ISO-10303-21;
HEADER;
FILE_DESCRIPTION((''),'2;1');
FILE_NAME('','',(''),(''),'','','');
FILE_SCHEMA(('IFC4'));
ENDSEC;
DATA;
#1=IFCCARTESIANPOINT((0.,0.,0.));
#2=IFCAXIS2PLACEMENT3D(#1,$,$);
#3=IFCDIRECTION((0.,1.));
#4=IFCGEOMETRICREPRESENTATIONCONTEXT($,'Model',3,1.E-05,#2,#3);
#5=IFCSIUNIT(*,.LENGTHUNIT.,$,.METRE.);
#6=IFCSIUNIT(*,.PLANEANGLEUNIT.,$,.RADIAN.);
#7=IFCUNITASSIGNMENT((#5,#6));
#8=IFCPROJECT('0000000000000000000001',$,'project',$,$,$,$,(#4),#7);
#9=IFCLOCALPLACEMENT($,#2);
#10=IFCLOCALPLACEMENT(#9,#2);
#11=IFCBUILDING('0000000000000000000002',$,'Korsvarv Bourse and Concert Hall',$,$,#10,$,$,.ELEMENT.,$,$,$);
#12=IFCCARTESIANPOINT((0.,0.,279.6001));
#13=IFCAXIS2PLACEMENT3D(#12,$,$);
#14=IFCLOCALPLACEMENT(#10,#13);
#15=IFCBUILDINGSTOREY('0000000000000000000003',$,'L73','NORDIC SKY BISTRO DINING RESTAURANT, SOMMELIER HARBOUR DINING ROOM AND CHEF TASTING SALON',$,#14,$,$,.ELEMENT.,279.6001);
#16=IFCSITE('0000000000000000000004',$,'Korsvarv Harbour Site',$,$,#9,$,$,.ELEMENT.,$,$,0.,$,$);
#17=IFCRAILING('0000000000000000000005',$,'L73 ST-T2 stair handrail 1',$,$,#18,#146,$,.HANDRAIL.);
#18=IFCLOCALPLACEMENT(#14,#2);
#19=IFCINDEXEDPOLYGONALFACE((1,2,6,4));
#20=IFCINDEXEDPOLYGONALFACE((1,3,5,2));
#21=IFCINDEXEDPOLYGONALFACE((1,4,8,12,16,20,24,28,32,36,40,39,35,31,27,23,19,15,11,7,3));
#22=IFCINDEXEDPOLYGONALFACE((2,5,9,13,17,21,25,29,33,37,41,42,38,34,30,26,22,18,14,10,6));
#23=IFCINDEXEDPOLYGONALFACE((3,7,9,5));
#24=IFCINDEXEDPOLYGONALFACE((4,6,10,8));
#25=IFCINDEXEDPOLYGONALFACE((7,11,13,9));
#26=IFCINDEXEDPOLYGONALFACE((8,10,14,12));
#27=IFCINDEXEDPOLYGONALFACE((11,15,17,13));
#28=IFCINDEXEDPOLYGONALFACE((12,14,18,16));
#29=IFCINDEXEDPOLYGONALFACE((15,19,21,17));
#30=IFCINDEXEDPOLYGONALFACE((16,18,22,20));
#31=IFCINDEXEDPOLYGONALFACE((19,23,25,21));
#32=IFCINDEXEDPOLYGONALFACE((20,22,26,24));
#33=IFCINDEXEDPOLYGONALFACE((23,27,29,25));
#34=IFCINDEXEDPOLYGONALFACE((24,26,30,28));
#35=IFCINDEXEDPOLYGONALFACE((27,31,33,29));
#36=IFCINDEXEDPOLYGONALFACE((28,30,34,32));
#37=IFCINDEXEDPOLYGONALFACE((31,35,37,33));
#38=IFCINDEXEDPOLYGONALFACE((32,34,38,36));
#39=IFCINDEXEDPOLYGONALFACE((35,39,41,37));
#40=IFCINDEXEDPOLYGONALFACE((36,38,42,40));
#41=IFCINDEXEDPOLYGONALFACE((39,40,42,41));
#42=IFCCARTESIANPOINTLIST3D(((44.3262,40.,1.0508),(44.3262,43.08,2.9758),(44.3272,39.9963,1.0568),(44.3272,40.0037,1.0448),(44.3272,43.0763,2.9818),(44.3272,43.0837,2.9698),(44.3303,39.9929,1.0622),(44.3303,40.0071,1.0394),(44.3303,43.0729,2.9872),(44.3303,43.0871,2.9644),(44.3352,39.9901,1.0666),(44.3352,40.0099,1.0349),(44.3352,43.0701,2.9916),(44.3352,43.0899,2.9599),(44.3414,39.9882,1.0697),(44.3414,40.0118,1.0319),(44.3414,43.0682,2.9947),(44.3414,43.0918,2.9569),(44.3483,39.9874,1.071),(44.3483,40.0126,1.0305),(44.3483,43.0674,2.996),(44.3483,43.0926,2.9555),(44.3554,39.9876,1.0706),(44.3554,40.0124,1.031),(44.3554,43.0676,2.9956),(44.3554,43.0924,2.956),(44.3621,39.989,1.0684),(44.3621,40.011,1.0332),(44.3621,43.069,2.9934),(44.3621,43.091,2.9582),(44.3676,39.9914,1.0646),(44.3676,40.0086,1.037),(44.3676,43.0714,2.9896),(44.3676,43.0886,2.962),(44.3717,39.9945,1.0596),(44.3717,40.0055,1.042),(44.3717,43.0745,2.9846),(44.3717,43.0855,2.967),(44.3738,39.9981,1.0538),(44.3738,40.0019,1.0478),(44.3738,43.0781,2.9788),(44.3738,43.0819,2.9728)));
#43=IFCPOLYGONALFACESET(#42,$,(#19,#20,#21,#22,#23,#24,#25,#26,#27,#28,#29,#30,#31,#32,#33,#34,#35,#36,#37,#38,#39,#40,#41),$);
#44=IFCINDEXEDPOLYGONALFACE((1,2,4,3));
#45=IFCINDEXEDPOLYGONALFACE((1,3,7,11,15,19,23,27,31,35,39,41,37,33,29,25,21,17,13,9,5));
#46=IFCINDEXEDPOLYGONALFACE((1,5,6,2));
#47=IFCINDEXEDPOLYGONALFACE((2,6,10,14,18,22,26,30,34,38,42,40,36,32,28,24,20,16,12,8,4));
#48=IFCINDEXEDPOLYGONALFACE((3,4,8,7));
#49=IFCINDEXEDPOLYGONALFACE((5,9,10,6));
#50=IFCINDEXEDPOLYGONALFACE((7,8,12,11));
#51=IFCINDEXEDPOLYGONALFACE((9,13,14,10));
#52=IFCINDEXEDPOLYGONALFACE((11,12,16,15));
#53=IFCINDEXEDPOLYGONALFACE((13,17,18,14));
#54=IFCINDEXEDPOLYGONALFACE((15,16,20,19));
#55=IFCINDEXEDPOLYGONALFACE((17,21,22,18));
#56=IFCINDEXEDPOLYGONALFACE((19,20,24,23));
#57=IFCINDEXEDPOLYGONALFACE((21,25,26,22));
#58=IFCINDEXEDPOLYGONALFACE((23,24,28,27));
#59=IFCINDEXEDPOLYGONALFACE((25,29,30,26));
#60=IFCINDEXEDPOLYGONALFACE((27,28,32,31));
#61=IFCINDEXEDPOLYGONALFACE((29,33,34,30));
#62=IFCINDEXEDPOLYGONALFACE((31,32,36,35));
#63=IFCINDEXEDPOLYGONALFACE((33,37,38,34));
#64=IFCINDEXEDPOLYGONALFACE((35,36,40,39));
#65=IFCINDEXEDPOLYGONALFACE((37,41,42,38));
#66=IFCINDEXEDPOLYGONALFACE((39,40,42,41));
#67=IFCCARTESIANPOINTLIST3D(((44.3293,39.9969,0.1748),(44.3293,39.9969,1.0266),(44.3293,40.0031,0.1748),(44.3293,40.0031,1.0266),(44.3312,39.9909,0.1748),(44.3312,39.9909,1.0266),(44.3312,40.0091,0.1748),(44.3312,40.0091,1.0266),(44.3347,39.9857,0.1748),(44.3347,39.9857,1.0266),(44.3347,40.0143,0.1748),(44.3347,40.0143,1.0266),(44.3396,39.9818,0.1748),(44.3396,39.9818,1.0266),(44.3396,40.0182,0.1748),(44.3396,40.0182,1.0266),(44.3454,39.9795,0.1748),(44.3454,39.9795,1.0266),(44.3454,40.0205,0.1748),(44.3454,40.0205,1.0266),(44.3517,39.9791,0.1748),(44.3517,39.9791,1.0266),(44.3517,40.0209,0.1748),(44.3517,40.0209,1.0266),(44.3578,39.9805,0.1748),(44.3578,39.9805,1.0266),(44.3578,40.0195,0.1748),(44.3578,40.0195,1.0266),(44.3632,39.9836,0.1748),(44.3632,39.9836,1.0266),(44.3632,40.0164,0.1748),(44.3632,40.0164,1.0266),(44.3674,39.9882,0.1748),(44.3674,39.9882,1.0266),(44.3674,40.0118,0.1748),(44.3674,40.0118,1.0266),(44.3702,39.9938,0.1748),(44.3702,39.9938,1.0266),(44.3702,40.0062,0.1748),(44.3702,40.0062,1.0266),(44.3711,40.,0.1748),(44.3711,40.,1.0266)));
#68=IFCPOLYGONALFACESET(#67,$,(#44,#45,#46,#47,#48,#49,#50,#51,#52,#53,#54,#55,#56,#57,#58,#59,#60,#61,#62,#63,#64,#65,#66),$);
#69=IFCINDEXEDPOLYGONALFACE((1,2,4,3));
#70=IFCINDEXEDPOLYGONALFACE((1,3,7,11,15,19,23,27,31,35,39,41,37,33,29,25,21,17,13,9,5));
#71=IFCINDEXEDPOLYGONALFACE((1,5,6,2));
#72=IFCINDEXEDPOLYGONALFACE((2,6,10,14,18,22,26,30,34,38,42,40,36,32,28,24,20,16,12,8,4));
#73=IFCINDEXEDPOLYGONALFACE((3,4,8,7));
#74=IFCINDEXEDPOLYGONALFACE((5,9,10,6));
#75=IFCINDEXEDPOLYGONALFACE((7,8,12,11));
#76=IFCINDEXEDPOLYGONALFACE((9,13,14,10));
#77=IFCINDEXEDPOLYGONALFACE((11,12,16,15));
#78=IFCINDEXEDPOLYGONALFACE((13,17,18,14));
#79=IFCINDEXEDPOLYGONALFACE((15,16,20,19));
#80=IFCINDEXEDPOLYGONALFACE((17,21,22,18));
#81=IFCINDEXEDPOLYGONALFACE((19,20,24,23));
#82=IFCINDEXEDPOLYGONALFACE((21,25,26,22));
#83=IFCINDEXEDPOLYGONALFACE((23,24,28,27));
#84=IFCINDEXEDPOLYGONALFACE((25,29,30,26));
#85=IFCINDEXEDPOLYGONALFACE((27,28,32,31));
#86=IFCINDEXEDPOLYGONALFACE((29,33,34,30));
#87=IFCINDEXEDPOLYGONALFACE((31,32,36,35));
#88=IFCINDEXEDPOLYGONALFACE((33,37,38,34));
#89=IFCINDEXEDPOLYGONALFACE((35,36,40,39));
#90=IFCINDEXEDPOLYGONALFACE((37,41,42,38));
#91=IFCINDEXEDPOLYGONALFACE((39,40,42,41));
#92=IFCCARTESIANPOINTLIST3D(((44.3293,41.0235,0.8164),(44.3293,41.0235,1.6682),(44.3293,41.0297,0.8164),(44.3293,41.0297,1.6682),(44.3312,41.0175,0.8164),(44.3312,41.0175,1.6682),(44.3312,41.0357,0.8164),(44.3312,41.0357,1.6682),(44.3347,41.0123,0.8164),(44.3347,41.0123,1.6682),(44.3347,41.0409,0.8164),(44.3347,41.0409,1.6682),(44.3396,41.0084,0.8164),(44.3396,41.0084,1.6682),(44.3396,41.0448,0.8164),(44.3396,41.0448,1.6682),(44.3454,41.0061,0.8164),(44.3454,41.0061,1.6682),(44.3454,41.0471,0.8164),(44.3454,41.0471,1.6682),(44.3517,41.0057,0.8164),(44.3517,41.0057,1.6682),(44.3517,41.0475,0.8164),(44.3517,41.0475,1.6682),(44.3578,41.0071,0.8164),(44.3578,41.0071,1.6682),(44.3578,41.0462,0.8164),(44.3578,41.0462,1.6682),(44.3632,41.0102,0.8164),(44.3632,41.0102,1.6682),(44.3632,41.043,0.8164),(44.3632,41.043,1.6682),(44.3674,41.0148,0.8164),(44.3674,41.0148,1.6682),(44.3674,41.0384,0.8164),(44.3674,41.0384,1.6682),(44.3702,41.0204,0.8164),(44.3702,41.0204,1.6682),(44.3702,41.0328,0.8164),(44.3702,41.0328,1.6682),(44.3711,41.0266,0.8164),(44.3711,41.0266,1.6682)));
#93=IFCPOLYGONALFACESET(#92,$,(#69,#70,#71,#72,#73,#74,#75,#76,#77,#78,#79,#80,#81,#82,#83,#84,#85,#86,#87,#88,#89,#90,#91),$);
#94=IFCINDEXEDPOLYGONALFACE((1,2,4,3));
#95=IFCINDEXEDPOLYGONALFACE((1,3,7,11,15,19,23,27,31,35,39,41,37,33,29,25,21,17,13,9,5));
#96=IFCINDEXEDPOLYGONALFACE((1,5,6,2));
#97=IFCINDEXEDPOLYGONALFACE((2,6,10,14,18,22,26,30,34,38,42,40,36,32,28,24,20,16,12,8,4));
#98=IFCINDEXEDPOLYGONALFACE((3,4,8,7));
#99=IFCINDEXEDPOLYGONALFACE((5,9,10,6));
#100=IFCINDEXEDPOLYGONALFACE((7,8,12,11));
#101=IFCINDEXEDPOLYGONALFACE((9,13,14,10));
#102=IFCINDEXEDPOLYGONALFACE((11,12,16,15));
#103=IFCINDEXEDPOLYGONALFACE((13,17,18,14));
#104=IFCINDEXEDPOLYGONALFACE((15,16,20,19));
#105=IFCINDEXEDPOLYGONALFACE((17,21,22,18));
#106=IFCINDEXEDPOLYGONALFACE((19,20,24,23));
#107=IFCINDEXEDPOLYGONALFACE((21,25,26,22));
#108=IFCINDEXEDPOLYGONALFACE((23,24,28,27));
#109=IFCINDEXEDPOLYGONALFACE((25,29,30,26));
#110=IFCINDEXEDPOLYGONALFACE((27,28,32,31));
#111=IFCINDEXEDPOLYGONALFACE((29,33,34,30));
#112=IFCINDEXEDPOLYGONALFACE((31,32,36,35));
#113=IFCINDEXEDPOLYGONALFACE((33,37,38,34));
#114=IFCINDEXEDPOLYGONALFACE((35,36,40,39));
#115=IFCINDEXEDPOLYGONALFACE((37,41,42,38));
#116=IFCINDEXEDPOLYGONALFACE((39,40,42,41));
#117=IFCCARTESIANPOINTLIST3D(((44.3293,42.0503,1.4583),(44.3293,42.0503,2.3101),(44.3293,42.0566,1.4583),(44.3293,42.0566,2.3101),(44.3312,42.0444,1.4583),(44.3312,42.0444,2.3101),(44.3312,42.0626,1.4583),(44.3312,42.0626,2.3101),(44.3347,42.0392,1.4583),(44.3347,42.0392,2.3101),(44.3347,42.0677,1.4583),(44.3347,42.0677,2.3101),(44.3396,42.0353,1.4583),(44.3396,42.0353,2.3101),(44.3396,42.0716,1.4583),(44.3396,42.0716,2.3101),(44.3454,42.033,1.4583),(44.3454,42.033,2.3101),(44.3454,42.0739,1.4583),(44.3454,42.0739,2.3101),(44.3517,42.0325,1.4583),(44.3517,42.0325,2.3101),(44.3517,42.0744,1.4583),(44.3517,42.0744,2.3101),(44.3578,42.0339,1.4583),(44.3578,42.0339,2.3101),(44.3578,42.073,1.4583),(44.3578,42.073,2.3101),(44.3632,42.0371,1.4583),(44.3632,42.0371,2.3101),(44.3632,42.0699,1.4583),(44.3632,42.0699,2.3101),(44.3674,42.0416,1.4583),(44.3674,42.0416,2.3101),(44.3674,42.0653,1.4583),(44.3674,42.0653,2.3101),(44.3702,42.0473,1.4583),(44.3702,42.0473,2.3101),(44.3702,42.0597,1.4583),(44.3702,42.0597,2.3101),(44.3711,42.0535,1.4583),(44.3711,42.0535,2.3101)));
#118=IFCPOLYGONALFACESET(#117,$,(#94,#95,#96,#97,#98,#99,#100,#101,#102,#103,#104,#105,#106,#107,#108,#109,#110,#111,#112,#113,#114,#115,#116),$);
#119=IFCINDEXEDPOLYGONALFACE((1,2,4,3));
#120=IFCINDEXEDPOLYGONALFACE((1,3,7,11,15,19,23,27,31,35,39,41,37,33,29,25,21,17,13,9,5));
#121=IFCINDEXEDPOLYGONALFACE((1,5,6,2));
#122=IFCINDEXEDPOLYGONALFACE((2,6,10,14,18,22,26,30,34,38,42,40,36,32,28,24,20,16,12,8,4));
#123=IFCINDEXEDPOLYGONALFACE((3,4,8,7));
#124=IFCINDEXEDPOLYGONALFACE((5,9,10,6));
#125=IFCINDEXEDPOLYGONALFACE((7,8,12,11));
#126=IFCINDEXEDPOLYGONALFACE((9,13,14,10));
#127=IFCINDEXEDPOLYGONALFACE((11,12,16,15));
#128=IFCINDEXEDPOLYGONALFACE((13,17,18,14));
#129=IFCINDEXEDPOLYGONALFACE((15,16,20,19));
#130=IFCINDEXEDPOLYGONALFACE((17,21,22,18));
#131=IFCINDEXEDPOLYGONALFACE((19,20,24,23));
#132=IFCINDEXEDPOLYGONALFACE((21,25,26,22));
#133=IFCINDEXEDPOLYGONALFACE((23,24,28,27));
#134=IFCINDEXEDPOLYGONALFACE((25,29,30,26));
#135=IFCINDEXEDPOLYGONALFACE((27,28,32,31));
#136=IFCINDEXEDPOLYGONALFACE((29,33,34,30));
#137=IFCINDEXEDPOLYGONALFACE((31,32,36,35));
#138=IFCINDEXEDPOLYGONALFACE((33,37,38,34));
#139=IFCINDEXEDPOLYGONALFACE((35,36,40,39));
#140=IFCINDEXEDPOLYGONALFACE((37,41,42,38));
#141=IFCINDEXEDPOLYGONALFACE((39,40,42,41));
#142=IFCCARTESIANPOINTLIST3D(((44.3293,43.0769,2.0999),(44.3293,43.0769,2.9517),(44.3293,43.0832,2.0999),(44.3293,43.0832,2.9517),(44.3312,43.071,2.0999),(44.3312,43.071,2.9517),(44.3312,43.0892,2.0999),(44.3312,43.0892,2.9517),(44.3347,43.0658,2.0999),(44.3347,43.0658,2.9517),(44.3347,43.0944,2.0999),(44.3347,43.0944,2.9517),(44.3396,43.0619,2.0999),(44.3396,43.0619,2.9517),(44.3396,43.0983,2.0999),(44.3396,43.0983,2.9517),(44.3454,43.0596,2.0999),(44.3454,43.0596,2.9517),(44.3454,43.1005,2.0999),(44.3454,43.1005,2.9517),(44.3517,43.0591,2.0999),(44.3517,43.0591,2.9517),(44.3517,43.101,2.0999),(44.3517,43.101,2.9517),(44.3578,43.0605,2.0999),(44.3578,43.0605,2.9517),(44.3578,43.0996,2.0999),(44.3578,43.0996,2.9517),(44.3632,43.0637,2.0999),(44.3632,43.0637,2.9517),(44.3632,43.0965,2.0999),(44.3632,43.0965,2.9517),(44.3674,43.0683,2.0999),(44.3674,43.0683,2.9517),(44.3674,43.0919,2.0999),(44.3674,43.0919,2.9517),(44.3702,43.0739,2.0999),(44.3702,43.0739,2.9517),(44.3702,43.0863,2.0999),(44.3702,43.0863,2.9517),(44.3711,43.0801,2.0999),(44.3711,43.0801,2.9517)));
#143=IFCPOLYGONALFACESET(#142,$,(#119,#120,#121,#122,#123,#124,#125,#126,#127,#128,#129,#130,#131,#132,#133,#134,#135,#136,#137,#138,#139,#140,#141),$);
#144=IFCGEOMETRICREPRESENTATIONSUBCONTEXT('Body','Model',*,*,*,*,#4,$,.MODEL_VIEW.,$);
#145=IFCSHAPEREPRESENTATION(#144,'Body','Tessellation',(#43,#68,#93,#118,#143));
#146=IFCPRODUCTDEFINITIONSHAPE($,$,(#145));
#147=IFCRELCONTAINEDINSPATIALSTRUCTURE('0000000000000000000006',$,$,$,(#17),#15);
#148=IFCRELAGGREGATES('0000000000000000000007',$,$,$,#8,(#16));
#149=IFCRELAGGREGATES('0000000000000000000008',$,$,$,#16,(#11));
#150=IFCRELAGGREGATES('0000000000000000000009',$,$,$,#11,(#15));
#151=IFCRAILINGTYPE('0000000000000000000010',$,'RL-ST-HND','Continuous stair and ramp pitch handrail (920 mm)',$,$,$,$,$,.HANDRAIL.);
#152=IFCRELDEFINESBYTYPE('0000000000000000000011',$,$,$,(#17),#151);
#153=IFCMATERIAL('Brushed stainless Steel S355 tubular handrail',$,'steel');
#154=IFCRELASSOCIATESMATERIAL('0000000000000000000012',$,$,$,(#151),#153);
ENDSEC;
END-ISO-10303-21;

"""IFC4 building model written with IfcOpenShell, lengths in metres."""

from ifc_helpers import new_model, si_unit, direction, frame, origin, origin_2d, place, context, subcontext, project, spatial, circle, extrude, material, type_object, element, save


model = new_model("IFC4")

# Units and contexts
model_context = context("Model", 3, precision=1e-05, world=origin(), true_north=direction((0.0, 1.0)))
body_context = subcontext(model_context, "Body", "Model", "MODEL_VIEW")
ifc_project = project(units=[si_unit("LENGTHUNIT", "METRE"), si_unit("PLANEANGLEUNIT", "RADIAN")], contexts=[model_context])

# Site, building, storey
site_placement = place(None, origin())
site = spatial("IfcSite", under=ifc_project, at=site_placement, Name="Korsvarv Harbour Site", CompositionType="ELEMENT", RefElevation=0.0)
building_placement = place(site_placement, origin())
building = spatial("IfcBuilding", under=site, at=building_placement, Name="Korsvarv Bourse and Concert Hall", CompositionType="ELEMENT")
storey_placement = place(building_placement, frame((0.0, 0.0, 279.6001)))
storey = spatial("IfcBuildingStorey", under=building, at=storey_placement, Name="L73", Description="NORDIC SKY BISTRO DINING RESTAURANT, SOMMELIER HARBOUR DINING ROOM AND CHEF TASTING SALON", CompositionType="ELEMENT", Elevation=279.6001)

# Railing
ifc_material_1 = material(Name="Brushed stainless Steel S355 tubular handrail", Category="steel")
railing_type_1 = type_object("IfcRailingType", Name="RL-ST-HND", Description="Continuous stair and ramp pitch handrail (920 mm)", PredefinedType="HANDRAIL", material=ifc_material_1)
railing_1_placement = place(storey_placement, frame((44.3501, 40.0, 0.1748)))
element("IfcRailing", 1, at=railing_1_placement, inside=storey, type_object=railing_type_1, Name="L73 ST-T2 stair handrail 1", PredefinedType="HANDRAIL", context=body_context, shape_type="SweptSolid", body=[
    extrude(circle(Radius=0.0239, at=origin_2d()), frame((0.0, 0.0, 0.876), z_axis=(0.0, 0.847998, 0.529999), x_axis=(-1.0, 0.0, 0.0)), (0.0, 0.0, 1.0), 3.6321),
    extrude(circle(Radius=0.021, at=origin_2d()), origin(), (0.0, 0.0, 1.0), 0.8518),
    extrude(circle(Radius=0.021, at=origin_2d()), frame((0.0, 1.0266, 0.6416)), (0.0, 0.0, 1.0), 0.8518),
    extrude(circle(Radius=0.021, at=origin_2d()), frame((0.0, 2.0535, 1.2834)), (0.0, 0.0, 1.0), 0.8518),
    extrude(circle(Radius=0.021, at=origin_2d()), frame((0.0, 3.0801, 1.925)), (0.0, 0.0, 1.0), 0.8518),
])

save(model, "model.ifc")
